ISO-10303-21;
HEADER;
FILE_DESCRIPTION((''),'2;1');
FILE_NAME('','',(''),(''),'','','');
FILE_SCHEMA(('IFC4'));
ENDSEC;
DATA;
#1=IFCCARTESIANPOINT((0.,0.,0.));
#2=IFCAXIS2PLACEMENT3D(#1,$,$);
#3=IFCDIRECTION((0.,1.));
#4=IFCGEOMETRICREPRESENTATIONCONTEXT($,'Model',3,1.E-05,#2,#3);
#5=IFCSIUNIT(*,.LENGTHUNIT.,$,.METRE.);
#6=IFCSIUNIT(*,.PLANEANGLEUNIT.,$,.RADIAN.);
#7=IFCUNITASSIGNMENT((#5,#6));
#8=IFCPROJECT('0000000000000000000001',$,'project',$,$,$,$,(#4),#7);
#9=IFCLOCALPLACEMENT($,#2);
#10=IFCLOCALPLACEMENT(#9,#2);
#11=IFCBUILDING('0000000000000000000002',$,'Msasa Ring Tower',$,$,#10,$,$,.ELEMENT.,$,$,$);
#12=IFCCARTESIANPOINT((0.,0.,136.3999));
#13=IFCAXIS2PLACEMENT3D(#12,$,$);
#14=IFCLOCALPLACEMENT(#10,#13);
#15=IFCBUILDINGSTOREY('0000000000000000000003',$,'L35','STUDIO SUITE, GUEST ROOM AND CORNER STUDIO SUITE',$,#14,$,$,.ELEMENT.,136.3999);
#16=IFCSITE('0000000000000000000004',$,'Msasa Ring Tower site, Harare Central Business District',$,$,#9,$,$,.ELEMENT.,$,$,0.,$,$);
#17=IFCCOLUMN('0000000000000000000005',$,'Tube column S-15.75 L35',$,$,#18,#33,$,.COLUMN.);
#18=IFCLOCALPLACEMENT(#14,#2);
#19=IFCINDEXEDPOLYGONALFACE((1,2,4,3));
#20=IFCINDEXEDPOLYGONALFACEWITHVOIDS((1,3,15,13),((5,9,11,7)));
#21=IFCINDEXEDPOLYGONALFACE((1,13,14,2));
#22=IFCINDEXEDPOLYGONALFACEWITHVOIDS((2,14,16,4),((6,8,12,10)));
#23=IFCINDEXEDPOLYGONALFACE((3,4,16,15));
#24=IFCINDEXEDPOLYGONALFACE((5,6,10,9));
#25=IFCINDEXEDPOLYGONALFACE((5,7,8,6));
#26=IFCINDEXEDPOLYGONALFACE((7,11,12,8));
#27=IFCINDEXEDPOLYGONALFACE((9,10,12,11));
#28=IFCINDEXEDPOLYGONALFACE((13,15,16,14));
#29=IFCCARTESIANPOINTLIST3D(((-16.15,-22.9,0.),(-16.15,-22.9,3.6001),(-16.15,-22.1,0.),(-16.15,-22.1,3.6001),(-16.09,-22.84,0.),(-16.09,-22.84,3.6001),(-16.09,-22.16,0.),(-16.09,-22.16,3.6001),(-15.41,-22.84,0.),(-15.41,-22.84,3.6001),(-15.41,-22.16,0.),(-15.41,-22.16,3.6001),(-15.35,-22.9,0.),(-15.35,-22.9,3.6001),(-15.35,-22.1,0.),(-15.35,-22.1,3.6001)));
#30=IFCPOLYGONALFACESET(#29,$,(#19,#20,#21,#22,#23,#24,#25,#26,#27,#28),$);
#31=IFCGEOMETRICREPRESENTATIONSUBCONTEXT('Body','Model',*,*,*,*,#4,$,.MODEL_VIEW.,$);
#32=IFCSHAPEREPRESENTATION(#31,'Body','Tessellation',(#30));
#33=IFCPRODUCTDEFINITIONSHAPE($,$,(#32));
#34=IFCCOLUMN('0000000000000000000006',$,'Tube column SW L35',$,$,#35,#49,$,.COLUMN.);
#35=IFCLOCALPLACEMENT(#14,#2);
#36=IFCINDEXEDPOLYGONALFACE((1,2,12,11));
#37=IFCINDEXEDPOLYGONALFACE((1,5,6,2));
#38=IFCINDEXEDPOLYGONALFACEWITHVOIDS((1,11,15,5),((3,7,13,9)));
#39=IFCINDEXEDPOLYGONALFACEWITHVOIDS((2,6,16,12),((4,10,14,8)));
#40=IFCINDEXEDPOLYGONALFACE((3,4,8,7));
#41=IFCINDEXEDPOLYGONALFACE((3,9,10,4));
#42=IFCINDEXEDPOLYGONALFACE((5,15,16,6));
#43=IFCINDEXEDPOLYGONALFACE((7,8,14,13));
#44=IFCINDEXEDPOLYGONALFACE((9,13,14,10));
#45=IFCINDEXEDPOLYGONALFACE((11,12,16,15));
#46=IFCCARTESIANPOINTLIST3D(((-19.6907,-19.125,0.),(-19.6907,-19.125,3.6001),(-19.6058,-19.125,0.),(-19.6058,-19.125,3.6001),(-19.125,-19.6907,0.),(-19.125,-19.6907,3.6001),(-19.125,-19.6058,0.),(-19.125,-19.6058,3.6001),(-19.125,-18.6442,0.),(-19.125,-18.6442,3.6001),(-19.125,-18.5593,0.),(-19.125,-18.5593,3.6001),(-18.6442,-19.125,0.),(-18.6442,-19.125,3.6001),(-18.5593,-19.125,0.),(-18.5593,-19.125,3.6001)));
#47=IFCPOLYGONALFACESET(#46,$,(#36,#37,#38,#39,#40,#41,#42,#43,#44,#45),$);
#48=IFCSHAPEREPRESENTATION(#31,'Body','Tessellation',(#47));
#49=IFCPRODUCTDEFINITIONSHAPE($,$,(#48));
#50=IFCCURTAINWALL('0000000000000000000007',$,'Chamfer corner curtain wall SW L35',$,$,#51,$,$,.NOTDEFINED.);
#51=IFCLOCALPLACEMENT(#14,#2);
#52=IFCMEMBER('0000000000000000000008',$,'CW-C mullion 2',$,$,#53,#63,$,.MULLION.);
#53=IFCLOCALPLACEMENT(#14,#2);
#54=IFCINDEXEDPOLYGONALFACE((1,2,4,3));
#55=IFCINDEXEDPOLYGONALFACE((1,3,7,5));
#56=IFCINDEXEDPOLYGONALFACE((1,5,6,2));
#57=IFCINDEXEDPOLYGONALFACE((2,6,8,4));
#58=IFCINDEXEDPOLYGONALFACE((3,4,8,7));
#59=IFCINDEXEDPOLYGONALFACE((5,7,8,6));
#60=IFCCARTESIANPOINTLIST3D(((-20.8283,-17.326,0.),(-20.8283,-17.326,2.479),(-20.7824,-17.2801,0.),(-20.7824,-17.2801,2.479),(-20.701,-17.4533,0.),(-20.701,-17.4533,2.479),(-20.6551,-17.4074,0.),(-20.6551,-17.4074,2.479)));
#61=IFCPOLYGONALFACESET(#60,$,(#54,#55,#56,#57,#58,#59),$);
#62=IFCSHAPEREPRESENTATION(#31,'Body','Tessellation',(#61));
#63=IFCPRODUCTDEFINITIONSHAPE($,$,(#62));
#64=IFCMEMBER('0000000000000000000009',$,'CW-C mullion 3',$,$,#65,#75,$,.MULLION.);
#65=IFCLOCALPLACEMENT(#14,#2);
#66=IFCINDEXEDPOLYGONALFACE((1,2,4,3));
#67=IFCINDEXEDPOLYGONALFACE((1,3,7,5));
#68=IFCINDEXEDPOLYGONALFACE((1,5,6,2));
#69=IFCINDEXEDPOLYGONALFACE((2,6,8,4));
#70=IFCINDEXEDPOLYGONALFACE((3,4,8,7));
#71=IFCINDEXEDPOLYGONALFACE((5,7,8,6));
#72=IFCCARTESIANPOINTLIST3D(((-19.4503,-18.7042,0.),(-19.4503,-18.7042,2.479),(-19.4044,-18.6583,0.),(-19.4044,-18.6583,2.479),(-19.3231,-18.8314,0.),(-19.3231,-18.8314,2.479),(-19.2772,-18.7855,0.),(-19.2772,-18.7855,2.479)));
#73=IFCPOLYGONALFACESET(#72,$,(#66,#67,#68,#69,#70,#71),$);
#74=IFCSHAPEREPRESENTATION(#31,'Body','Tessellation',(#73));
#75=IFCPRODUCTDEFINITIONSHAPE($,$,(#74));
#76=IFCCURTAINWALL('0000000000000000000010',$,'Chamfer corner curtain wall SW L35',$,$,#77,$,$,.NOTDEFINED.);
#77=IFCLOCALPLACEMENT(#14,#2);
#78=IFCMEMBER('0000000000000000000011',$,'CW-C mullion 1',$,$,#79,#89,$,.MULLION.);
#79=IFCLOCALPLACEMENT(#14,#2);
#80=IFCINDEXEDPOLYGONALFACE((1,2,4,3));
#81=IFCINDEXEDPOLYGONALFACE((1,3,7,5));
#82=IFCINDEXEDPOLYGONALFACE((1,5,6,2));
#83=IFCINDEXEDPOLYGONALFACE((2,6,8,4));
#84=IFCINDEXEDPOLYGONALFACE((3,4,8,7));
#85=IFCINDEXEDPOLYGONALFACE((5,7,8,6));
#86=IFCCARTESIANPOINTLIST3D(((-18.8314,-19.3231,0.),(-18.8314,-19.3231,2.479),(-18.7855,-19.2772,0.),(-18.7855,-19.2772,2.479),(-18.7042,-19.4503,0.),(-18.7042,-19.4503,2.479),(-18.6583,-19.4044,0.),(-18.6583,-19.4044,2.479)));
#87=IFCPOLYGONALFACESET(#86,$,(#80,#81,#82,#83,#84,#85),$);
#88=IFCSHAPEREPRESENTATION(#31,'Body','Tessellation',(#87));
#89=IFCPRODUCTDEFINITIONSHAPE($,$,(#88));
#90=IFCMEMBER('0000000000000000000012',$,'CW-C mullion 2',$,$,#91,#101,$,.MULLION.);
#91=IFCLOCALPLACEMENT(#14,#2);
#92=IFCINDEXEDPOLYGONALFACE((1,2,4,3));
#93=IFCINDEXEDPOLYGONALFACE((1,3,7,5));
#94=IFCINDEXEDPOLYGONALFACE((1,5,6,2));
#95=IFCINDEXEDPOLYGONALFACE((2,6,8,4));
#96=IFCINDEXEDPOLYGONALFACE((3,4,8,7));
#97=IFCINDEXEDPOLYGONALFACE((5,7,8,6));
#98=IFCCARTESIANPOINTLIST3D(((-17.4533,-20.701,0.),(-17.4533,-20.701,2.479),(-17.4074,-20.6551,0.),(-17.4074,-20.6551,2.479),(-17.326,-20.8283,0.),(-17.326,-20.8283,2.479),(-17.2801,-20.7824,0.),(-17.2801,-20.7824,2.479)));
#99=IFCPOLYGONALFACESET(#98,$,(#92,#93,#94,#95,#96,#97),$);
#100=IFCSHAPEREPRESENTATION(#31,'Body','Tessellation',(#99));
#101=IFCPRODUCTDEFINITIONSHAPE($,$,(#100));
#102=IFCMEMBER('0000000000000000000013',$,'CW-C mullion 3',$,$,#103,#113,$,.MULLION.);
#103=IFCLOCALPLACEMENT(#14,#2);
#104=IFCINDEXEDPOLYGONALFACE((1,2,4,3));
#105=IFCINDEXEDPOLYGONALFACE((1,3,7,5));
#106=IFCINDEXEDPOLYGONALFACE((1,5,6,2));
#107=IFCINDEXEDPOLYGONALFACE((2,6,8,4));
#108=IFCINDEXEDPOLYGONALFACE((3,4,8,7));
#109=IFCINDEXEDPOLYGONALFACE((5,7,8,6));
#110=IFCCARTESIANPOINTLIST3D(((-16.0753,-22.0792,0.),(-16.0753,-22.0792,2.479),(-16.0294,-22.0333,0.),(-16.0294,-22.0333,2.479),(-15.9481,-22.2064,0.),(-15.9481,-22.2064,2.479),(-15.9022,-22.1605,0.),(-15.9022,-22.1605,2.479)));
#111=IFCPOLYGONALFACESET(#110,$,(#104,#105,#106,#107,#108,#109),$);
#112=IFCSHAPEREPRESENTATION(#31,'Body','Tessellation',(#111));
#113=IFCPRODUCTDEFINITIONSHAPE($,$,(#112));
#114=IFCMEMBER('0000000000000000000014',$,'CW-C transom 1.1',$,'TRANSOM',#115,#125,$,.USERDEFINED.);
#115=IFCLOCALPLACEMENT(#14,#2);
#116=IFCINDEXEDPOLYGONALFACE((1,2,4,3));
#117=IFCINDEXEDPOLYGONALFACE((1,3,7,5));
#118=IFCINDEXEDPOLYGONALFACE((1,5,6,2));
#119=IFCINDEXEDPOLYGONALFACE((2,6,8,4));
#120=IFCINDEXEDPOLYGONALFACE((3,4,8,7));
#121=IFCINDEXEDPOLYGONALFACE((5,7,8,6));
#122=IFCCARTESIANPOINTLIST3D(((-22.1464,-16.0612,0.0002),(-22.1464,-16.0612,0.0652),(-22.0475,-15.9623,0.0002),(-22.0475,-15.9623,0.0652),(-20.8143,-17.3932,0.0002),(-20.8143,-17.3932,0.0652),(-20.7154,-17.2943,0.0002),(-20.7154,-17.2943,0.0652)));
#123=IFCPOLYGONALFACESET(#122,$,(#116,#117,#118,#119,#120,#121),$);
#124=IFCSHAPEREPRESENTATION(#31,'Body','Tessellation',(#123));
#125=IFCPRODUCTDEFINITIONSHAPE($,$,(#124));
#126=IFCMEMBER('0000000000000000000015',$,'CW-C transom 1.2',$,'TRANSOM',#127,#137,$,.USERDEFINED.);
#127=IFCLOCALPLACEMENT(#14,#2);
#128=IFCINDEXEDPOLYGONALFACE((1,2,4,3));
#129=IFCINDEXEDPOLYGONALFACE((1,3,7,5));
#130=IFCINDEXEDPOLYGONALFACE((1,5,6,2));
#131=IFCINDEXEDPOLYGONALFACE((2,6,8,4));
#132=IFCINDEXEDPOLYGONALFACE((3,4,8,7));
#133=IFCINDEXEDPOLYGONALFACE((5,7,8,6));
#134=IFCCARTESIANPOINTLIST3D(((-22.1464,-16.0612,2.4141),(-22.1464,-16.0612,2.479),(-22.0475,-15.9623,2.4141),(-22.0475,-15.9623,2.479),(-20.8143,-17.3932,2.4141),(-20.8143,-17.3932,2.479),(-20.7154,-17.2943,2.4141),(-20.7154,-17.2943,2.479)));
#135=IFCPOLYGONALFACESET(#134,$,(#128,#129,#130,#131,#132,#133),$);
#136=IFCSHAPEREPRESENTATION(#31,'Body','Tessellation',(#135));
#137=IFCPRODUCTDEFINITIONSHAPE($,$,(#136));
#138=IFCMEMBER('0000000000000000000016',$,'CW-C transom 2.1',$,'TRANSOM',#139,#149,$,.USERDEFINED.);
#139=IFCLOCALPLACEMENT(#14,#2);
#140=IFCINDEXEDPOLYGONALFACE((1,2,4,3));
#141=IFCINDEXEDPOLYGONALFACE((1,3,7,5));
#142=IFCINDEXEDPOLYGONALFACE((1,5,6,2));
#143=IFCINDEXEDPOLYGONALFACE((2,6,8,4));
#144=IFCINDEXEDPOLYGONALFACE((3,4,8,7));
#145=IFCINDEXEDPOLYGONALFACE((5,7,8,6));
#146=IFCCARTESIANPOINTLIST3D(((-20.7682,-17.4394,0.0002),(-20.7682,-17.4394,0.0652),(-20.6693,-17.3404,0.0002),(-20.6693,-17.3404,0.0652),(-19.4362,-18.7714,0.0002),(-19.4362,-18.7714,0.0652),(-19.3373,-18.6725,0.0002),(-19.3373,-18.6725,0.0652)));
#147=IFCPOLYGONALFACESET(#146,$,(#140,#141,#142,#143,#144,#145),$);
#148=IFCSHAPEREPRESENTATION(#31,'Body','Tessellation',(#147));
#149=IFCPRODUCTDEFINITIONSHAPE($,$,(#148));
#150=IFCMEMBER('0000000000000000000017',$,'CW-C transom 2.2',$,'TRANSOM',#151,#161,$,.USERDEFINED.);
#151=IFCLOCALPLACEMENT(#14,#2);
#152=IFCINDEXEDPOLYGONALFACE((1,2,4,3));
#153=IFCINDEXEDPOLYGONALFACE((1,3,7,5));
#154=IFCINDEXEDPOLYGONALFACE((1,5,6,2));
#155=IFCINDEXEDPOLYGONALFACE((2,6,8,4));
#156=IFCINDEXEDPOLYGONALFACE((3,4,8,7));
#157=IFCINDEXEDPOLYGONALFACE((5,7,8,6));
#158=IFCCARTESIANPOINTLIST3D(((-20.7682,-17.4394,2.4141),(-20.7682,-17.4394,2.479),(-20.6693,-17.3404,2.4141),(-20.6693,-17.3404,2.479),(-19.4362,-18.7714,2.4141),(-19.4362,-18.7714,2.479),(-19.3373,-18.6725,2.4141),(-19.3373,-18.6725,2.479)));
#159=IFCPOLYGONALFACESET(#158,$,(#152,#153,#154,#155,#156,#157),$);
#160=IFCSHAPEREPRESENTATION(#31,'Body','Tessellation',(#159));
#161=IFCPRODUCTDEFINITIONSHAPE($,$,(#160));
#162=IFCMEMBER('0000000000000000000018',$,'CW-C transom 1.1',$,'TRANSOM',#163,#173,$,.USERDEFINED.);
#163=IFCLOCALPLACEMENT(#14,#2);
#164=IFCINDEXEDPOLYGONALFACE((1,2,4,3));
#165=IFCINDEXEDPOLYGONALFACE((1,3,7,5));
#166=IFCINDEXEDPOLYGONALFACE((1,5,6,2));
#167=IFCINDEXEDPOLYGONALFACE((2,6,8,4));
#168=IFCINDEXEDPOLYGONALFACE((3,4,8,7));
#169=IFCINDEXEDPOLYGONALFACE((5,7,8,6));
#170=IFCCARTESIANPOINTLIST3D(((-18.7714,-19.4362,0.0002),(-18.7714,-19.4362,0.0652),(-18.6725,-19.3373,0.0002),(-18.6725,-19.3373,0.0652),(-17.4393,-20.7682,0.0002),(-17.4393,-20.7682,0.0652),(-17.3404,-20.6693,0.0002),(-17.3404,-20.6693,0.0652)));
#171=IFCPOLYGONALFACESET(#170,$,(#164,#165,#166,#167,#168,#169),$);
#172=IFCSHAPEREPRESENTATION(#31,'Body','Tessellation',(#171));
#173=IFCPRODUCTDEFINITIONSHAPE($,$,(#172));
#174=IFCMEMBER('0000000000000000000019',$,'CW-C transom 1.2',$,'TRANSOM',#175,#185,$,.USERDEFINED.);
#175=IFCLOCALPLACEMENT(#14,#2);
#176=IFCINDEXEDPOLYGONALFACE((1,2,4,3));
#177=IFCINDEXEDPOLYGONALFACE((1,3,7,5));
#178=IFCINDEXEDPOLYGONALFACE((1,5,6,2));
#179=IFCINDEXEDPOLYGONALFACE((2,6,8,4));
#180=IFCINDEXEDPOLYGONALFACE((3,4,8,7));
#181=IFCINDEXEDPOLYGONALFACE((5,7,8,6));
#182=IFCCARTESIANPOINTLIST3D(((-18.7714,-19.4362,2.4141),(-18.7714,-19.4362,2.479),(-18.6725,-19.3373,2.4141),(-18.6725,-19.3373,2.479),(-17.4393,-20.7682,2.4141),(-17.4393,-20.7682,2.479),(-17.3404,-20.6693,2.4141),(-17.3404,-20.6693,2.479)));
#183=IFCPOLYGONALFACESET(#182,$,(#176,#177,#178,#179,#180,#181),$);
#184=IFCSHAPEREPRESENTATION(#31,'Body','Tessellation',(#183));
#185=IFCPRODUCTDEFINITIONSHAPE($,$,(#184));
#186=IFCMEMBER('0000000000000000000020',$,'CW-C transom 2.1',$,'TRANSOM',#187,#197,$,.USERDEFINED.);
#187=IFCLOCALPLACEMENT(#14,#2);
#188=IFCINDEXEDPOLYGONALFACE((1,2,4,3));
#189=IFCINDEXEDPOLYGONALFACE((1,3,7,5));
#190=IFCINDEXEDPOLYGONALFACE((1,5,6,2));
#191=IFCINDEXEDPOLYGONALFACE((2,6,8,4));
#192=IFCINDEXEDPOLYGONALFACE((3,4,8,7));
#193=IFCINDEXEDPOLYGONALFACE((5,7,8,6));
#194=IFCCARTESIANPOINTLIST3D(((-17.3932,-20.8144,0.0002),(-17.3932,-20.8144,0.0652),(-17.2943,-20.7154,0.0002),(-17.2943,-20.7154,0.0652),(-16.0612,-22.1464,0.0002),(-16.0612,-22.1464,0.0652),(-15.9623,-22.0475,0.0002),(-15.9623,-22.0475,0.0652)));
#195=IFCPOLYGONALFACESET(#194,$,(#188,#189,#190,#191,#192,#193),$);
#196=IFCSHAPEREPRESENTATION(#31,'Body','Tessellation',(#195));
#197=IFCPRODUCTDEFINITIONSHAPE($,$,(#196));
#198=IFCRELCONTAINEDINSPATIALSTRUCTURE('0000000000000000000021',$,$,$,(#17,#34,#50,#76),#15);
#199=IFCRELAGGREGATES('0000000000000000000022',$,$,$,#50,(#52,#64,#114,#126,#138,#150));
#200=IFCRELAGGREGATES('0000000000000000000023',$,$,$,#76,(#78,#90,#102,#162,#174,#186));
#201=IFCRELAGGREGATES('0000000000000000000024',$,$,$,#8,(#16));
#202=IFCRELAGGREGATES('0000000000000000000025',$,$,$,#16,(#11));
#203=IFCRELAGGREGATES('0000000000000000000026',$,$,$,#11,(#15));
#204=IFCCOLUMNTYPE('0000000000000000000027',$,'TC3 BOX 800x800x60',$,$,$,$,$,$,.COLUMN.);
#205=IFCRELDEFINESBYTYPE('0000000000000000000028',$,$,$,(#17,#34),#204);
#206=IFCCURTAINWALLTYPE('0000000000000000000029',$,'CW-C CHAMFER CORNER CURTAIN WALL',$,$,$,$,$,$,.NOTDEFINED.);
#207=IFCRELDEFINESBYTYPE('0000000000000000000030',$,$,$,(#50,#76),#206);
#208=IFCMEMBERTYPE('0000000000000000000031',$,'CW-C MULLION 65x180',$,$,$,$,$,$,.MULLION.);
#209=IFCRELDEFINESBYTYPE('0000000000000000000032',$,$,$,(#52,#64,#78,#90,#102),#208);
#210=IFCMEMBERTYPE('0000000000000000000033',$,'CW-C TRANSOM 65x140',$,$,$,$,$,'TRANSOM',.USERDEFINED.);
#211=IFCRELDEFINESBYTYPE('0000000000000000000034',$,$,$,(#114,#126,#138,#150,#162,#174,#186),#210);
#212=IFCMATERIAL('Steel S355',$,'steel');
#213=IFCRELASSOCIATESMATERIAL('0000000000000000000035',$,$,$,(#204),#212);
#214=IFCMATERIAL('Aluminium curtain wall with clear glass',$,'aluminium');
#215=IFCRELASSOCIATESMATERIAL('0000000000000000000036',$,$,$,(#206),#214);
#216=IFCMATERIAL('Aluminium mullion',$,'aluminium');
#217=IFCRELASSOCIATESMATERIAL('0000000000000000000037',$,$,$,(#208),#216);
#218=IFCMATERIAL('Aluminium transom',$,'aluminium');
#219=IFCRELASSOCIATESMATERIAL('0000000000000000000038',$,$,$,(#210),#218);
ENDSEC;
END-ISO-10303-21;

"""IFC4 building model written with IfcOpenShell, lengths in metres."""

from ifc_helpers import new_model, si_unit, direction, frame, origin, origin_2d, place, context, subcontext, project, spatial, rectangle, hollow_rectangle, extrude, material, material_profile, profile_set, type_object, element, aggregate, save


model = new_model("IFC4")

# Units and contexts
model_context = context("Model", 3, precision=1e-05, world=origin(), true_north=direction((0.0, 1.0)))
body_context = subcontext(model_context, "Body", "Model", "MODEL_VIEW")
ifc_project = project(units=[si_unit("LENGTHUNIT", "METRE"), si_unit("PLANEANGLEUNIT", "RADIAN")], contexts=[model_context])

# Site, building, storey
site_placement = place(None, origin())
site = spatial("IfcSite", under=ifc_project, at=site_placement, Name="Msasa Ring Tower site, Harare Central Business District", CompositionType="ELEMENT", RefElevation=0.0)
building_placement = place(site_placement, origin())
building = spatial("IfcBuilding", under=site, at=building_placement, Name="Msasa Ring Tower", CompositionType="ELEMENT")
storey_placement = place(building_placement, frame((0.0, 0.0, 136.3999)))
storey = spatial("IfcBuildingStorey", under=building, at=storey_placement, Name="L35", Description="STUDIO SUITE, GUEST ROOM AND CORNER STUDIO SUITE", CompositionType="ELEMENT", Elevation=136.3999)

# Columns
ifc_material_1 = material(Name="Steel S355", Category="steel")
ifc_material_profile_1 = material_profile(ifc_material_1, hollow_rectangle(XDim=0.8, YDim=0.8, WallThickness=0.0601, at=origin_2d()), Name="BOX 800x800x60")
ifc_profile_set_1 = profile_set([ifc_material_profile_1], Name="Steel S355")
column_type = type_object("IfcColumnType", Name="TC3 BOX 800x800x60", PredefinedType="COLUMN", material=ifc_profile_set_1)
for number, where, z_axis, x_axis, name in (
    (1, (-15.75, -22.5, 0.0), (0.0, 0.0, 1.0), (0.0, 1.0, 0.0), "Tube column S-15.75 L35"),
    (2, (-19.125, -19.125, 0.0), (0.0, 0.0, 1.0), (0.707107, 0.707107, 0.0), "Tube column SW L35"),
):
    element("IfcColumn", number, at=place(storey_placement, frame(where, z_axis=z_axis, x_axis=x_axis)), inside=storey, type_object=column_type, Name=name, PredefinedType="COLUMN", context=body_context, shape_type="SweptSolid", body=[
        extrude(hollow_rectangle(XDim=0.8, YDim=0.8, WallThickness=0.0601, at=origin_2d()), origin(), (0.0, 0.0, 1.0), 3.6001),
    ])

# Curtain walls, members
ifc_material_2 = material(Name="Aluminium curtain wall with clear glass", Category="aluminium")
curtain_wall_type = type_object("IfcCurtainWallType", Name="CW-C CHAMFER CORNER CURTAIN WALL", PredefinedType="NOTDEFINED", material=ifc_material_2)
curtain_wall_1_placement = place(storey_placement, origin())
curtain_wall_1 = element("IfcCurtainWall", 3, at=curtain_wall_1_placement, inside=storey, type_object=curtain_wall_type, Name="Chamfer corner curtain wall SW L35", PredefinedType="NOTDEFINED")
ifc_material_3 = material(Name="Aluminium mullion", Category="aluminium")
ifc_material_profile_2 = material_profile(ifc_material_3, rectangle(XDim=0.0649, YDim=0.1799, at=origin_2d()), Name="AL 65x180")
ifc_profile_set_2 = profile_set([ifc_material_profile_2], Name="Aluminium mullion")
member_type_1 = type_object("IfcMemberType", Name="CW-C MULLION 65x180", PredefinedType="MULLION", material=ifc_profile_set_2)
member_1_placement = place(storey_placement, frame((-20.7417, -17.3667, 0.0), z_axis=(0.0, 0.0, 1.0), x_axis=(0.707107, 0.707107, 0.0)))
member_1 = element("IfcMember", 4, at=member_1_placement, type_object=member_type_1, Name="CW-C mullion 2", PredefinedType="MULLION", context=body_context, shape_type="SweptSolid", body=[
    extrude(rectangle(XDim=0.0649, YDim=0.1799, at=origin_2d()), origin(), (0.0, 0.0, 1.0), 2.479),
])
member_2_placement = place(storey_placement, frame((-19.3638, -18.7449, 0.0), z_axis=(0.0, 0.0, 1.0), x_axis=(0.707107, 0.707107, 0.0)))
member_2 = element("IfcMember", 5, at=member_2_placement, type_object=member_type_1, Name="CW-C mullion 3", PredefinedType="MULLION", context=body_context, shape_type="SweptSolid", body=[
    extrude(rectangle(XDim=0.0649, YDim=0.1799, at=origin_2d()), origin(), (0.0, 0.0, 1.0), 2.479),
])
curtain_wall_2_placement = place(storey_placement, origin())
curtain_wall_2 = element("IfcCurtainWall", 6, at=curtain_wall_2_placement, inside=storey, type_object=curtain_wall_type, Name="Chamfer corner curtain wall SW L35", PredefinedType="NOTDEFINED")
member_3_placement = place(storey_placement, frame((-18.7449, -19.3638, 0.0), z_axis=(0.0, 0.0, 1.0), x_axis=(0.707107, 0.707107, 0.0)))
member_3 = element("IfcMember", 7, at=member_3_placement, type_object=member_type_1, Name="CW-C mullion 1", PredefinedType="MULLION", context=body_context, shape_type="SweptSolid", body=[
    extrude(rectangle(XDim=0.0649, YDim=0.1799, at=origin_2d()), origin(), (0.0, 0.0, 1.0), 2.479),
])
member_4_placement = place(storey_placement, frame((-17.3667, -20.7417, 0.0), z_axis=(0.0, 0.0, 1.0), x_axis=(0.707107, 0.707107, 0.0)))
member_4 = element("IfcMember", 8, at=member_4_placement, type_object=member_type_1, Name="CW-C mullion 2", PredefinedType="MULLION", context=body_context, shape_type="SweptSolid", body=[
    extrude(rectangle(XDim=0.0649, YDim=0.1799, at=origin_2d()), origin(), (0.0, 0.0, 1.0), 2.479),
])
member_5_placement = place(storey_placement, frame((-15.9888, -22.1199, 0.0), z_axis=(0.0, 0.0, 1.0), x_axis=(0.707107, 0.707107, 0.0)))
member_5 = element("IfcMember", 9, at=member_5_placement, type_object=member_type_1, Name="CW-C mullion 3", PredefinedType="MULLION", context=body_context, shape_type="SweptSolid", body=[
    extrude(rectangle(XDim=0.0649, YDim=0.1799, at=origin_2d()), origin(), (0.0, 0.0, 1.0), 2.479),
])

# Members
ifc_material_4 = material(Name="Aluminium transom", Category="aluminium")
ifc_material_profile_3 = material_profile(ifc_material_4, rectangle(XDim=0.1399, YDim=0.0649, at=origin_2d()), Name="AL 65x140")
ifc_profile_set_3 = profile_set([ifc_material_profile_3], Name="Aluminium transom")
member_type_2 = type_object("IfcMemberType", Name="CW-C TRANSOM 65x140", ElementType="TRANSOM", PredefinedType="USERDEFINED", material=ifc_profile_set_3)
member_6_placement = place(storey_placement, frame((-22.0969, -16.0117, 0.0327), z_axis=(0.707107, -0.707107, 0.0), x_axis=(0.707107, 0.707107, 0.0)))
member_6 = element("IfcMember", 10, at=member_6_placement, type_object=member_type_2, Name="CW-C transom 1.1", ObjectType="TRANSOM", PredefinedType="USERDEFINED", context=body_context, shape_type="SweptSolid", body=[
    extrude(rectangle(XDim=0.1399, YDim=0.0649, at=origin_2d()), origin(), (0.0, 0.0, 1.0), 1.8838),
])
member_7_placement = place(storey_placement, frame((-22.0969, -16.0117, 2.4465), z_axis=(0.707107, -0.707107, 0.0), x_axis=(0.707107, 0.707107, 0.0)))
member_7 = element("IfcMember", 11, at=member_7_placement, type_object=member_type_2, Name="CW-C transom 1.2", ObjectType="TRANSOM", PredefinedType="USERDEFINED", context=body_context, shape_type="SweptSolid", body=[
    extrude(rectangle(XDim=0.1399, YDim=0.0649, at=origin_2d()), origin(), (0.0, 0.0, 1.0), 1.8838),
])
member_8_placement = place(storey_placement, frame((-20.7188, -17.3899, 0.0327), z_axis=(0.707107, -0.707107, 0.0), x_axis=(0.707107, 0.707107, 0.0)))
member_8 = element("IfcMember", 12, at=member_8_placement, type_object=member_type_2, Name="CW-C transom 2.1", ObjectType="TRANSOM", PredefinedType="USERDEFINED", context=body_context, shape_type="SweptSolid", body=[
    extrude(rectangle(XDim=0.1399, YDim=0.0649, at=origin_2d()), origin(), (0.0, 0.0, 1.0), 1.8838),
])
member_9_placement = place(storey_placement, frame((-20.7188, -17.3899, 2.4465), z_axis=(0.707107, -0.707107, 0.0), x_axis=(0.707107, 0.707107, 0.0)))
member_9 = element("IfcMember", 13, at=member_9_placement, type_object=member_type_2, Name="CW-C transom 2.2", ObjectType="TRANSOM", PredefinedType="USERDEFINED", context=body_context, shape_type="SweptSolid", body=[
    extrude(rectangle(XDim=0.1399, YDim=0.0649, at=origin_2d()), origin(), (0.0, 0.0, 1.0), 1.8838),
])
member_10_placement = place(storey_placement, frame((-18.7219, -19.3867, 0.0327), z_axis=(0.707107, -0.707107, 0.0), x_axis=(0.707107, 0.707107, 0.0)))
member_10 = element("IfcMember", 14, at=member_10_placement, type_object=member_type_2, Name="CW-C transom 1.1", ObjectType="TRANSOM", PredefinedType="USERDEFINED", context=body_context, shape_type="SweptSolid", body=[
    extrude(rectangle(XDim=0.1399, YDim=0.0649, at=origin_2d()), origin(), (0.0, 0.0, 1.0), 1.8838),
])
member_11_placement = place(storey_placement, frame((-18.7219, -19.3867, 2.4465), z_axis=(0.707107, -0.707107, 0.0), x_axis=(0.707107, 0.707107, 0.0)))
member_11 = element("IfcMember", 15, at=member_11_placement, type_object=member_type_2, Name="CW-C transom 1.2", ObjectType="TRANSOM", PredefinedType="USERDEFINED", context=body_context, shape_type="SweptSolid", body=[
    extrude(rectangle(XDim=0.1399, YDim=0.0649, at=origin_2d()), origin(), (0.0, 0.0, 1.0), 1.8838),
])
member_12_placement = place(storey_placement, frame((-17.3438, -20.7649, 0.0327), z_axis=(0.707107, -0.707107, 0.0), x_axis=(0.707107, 0.707107, 0.0)))
member_12 = element("IfcMember", 16, at=member_12_placement, type_object=member_type_2, Name="CW-C transom 2.1", ObjectType="TRANSOM", PredefinedType="USERDEFINED", context=body_context, shape_type="SweptSolid", body=[
    extrude(rectangle(XDim=0.1399, YDim=0.0649, at=origin_2d()), origin(), (0.0, 0.0, 1.0), 1.8838),
])

aggregate(curtain_wall_1, [member_1, member_2, member_6, member_7, member_8, member_9])
aggregate(curtain_wall_2, [member_3, member_4, member_5, member_10, member_11, member_12])

save(model, "model.ifc")
